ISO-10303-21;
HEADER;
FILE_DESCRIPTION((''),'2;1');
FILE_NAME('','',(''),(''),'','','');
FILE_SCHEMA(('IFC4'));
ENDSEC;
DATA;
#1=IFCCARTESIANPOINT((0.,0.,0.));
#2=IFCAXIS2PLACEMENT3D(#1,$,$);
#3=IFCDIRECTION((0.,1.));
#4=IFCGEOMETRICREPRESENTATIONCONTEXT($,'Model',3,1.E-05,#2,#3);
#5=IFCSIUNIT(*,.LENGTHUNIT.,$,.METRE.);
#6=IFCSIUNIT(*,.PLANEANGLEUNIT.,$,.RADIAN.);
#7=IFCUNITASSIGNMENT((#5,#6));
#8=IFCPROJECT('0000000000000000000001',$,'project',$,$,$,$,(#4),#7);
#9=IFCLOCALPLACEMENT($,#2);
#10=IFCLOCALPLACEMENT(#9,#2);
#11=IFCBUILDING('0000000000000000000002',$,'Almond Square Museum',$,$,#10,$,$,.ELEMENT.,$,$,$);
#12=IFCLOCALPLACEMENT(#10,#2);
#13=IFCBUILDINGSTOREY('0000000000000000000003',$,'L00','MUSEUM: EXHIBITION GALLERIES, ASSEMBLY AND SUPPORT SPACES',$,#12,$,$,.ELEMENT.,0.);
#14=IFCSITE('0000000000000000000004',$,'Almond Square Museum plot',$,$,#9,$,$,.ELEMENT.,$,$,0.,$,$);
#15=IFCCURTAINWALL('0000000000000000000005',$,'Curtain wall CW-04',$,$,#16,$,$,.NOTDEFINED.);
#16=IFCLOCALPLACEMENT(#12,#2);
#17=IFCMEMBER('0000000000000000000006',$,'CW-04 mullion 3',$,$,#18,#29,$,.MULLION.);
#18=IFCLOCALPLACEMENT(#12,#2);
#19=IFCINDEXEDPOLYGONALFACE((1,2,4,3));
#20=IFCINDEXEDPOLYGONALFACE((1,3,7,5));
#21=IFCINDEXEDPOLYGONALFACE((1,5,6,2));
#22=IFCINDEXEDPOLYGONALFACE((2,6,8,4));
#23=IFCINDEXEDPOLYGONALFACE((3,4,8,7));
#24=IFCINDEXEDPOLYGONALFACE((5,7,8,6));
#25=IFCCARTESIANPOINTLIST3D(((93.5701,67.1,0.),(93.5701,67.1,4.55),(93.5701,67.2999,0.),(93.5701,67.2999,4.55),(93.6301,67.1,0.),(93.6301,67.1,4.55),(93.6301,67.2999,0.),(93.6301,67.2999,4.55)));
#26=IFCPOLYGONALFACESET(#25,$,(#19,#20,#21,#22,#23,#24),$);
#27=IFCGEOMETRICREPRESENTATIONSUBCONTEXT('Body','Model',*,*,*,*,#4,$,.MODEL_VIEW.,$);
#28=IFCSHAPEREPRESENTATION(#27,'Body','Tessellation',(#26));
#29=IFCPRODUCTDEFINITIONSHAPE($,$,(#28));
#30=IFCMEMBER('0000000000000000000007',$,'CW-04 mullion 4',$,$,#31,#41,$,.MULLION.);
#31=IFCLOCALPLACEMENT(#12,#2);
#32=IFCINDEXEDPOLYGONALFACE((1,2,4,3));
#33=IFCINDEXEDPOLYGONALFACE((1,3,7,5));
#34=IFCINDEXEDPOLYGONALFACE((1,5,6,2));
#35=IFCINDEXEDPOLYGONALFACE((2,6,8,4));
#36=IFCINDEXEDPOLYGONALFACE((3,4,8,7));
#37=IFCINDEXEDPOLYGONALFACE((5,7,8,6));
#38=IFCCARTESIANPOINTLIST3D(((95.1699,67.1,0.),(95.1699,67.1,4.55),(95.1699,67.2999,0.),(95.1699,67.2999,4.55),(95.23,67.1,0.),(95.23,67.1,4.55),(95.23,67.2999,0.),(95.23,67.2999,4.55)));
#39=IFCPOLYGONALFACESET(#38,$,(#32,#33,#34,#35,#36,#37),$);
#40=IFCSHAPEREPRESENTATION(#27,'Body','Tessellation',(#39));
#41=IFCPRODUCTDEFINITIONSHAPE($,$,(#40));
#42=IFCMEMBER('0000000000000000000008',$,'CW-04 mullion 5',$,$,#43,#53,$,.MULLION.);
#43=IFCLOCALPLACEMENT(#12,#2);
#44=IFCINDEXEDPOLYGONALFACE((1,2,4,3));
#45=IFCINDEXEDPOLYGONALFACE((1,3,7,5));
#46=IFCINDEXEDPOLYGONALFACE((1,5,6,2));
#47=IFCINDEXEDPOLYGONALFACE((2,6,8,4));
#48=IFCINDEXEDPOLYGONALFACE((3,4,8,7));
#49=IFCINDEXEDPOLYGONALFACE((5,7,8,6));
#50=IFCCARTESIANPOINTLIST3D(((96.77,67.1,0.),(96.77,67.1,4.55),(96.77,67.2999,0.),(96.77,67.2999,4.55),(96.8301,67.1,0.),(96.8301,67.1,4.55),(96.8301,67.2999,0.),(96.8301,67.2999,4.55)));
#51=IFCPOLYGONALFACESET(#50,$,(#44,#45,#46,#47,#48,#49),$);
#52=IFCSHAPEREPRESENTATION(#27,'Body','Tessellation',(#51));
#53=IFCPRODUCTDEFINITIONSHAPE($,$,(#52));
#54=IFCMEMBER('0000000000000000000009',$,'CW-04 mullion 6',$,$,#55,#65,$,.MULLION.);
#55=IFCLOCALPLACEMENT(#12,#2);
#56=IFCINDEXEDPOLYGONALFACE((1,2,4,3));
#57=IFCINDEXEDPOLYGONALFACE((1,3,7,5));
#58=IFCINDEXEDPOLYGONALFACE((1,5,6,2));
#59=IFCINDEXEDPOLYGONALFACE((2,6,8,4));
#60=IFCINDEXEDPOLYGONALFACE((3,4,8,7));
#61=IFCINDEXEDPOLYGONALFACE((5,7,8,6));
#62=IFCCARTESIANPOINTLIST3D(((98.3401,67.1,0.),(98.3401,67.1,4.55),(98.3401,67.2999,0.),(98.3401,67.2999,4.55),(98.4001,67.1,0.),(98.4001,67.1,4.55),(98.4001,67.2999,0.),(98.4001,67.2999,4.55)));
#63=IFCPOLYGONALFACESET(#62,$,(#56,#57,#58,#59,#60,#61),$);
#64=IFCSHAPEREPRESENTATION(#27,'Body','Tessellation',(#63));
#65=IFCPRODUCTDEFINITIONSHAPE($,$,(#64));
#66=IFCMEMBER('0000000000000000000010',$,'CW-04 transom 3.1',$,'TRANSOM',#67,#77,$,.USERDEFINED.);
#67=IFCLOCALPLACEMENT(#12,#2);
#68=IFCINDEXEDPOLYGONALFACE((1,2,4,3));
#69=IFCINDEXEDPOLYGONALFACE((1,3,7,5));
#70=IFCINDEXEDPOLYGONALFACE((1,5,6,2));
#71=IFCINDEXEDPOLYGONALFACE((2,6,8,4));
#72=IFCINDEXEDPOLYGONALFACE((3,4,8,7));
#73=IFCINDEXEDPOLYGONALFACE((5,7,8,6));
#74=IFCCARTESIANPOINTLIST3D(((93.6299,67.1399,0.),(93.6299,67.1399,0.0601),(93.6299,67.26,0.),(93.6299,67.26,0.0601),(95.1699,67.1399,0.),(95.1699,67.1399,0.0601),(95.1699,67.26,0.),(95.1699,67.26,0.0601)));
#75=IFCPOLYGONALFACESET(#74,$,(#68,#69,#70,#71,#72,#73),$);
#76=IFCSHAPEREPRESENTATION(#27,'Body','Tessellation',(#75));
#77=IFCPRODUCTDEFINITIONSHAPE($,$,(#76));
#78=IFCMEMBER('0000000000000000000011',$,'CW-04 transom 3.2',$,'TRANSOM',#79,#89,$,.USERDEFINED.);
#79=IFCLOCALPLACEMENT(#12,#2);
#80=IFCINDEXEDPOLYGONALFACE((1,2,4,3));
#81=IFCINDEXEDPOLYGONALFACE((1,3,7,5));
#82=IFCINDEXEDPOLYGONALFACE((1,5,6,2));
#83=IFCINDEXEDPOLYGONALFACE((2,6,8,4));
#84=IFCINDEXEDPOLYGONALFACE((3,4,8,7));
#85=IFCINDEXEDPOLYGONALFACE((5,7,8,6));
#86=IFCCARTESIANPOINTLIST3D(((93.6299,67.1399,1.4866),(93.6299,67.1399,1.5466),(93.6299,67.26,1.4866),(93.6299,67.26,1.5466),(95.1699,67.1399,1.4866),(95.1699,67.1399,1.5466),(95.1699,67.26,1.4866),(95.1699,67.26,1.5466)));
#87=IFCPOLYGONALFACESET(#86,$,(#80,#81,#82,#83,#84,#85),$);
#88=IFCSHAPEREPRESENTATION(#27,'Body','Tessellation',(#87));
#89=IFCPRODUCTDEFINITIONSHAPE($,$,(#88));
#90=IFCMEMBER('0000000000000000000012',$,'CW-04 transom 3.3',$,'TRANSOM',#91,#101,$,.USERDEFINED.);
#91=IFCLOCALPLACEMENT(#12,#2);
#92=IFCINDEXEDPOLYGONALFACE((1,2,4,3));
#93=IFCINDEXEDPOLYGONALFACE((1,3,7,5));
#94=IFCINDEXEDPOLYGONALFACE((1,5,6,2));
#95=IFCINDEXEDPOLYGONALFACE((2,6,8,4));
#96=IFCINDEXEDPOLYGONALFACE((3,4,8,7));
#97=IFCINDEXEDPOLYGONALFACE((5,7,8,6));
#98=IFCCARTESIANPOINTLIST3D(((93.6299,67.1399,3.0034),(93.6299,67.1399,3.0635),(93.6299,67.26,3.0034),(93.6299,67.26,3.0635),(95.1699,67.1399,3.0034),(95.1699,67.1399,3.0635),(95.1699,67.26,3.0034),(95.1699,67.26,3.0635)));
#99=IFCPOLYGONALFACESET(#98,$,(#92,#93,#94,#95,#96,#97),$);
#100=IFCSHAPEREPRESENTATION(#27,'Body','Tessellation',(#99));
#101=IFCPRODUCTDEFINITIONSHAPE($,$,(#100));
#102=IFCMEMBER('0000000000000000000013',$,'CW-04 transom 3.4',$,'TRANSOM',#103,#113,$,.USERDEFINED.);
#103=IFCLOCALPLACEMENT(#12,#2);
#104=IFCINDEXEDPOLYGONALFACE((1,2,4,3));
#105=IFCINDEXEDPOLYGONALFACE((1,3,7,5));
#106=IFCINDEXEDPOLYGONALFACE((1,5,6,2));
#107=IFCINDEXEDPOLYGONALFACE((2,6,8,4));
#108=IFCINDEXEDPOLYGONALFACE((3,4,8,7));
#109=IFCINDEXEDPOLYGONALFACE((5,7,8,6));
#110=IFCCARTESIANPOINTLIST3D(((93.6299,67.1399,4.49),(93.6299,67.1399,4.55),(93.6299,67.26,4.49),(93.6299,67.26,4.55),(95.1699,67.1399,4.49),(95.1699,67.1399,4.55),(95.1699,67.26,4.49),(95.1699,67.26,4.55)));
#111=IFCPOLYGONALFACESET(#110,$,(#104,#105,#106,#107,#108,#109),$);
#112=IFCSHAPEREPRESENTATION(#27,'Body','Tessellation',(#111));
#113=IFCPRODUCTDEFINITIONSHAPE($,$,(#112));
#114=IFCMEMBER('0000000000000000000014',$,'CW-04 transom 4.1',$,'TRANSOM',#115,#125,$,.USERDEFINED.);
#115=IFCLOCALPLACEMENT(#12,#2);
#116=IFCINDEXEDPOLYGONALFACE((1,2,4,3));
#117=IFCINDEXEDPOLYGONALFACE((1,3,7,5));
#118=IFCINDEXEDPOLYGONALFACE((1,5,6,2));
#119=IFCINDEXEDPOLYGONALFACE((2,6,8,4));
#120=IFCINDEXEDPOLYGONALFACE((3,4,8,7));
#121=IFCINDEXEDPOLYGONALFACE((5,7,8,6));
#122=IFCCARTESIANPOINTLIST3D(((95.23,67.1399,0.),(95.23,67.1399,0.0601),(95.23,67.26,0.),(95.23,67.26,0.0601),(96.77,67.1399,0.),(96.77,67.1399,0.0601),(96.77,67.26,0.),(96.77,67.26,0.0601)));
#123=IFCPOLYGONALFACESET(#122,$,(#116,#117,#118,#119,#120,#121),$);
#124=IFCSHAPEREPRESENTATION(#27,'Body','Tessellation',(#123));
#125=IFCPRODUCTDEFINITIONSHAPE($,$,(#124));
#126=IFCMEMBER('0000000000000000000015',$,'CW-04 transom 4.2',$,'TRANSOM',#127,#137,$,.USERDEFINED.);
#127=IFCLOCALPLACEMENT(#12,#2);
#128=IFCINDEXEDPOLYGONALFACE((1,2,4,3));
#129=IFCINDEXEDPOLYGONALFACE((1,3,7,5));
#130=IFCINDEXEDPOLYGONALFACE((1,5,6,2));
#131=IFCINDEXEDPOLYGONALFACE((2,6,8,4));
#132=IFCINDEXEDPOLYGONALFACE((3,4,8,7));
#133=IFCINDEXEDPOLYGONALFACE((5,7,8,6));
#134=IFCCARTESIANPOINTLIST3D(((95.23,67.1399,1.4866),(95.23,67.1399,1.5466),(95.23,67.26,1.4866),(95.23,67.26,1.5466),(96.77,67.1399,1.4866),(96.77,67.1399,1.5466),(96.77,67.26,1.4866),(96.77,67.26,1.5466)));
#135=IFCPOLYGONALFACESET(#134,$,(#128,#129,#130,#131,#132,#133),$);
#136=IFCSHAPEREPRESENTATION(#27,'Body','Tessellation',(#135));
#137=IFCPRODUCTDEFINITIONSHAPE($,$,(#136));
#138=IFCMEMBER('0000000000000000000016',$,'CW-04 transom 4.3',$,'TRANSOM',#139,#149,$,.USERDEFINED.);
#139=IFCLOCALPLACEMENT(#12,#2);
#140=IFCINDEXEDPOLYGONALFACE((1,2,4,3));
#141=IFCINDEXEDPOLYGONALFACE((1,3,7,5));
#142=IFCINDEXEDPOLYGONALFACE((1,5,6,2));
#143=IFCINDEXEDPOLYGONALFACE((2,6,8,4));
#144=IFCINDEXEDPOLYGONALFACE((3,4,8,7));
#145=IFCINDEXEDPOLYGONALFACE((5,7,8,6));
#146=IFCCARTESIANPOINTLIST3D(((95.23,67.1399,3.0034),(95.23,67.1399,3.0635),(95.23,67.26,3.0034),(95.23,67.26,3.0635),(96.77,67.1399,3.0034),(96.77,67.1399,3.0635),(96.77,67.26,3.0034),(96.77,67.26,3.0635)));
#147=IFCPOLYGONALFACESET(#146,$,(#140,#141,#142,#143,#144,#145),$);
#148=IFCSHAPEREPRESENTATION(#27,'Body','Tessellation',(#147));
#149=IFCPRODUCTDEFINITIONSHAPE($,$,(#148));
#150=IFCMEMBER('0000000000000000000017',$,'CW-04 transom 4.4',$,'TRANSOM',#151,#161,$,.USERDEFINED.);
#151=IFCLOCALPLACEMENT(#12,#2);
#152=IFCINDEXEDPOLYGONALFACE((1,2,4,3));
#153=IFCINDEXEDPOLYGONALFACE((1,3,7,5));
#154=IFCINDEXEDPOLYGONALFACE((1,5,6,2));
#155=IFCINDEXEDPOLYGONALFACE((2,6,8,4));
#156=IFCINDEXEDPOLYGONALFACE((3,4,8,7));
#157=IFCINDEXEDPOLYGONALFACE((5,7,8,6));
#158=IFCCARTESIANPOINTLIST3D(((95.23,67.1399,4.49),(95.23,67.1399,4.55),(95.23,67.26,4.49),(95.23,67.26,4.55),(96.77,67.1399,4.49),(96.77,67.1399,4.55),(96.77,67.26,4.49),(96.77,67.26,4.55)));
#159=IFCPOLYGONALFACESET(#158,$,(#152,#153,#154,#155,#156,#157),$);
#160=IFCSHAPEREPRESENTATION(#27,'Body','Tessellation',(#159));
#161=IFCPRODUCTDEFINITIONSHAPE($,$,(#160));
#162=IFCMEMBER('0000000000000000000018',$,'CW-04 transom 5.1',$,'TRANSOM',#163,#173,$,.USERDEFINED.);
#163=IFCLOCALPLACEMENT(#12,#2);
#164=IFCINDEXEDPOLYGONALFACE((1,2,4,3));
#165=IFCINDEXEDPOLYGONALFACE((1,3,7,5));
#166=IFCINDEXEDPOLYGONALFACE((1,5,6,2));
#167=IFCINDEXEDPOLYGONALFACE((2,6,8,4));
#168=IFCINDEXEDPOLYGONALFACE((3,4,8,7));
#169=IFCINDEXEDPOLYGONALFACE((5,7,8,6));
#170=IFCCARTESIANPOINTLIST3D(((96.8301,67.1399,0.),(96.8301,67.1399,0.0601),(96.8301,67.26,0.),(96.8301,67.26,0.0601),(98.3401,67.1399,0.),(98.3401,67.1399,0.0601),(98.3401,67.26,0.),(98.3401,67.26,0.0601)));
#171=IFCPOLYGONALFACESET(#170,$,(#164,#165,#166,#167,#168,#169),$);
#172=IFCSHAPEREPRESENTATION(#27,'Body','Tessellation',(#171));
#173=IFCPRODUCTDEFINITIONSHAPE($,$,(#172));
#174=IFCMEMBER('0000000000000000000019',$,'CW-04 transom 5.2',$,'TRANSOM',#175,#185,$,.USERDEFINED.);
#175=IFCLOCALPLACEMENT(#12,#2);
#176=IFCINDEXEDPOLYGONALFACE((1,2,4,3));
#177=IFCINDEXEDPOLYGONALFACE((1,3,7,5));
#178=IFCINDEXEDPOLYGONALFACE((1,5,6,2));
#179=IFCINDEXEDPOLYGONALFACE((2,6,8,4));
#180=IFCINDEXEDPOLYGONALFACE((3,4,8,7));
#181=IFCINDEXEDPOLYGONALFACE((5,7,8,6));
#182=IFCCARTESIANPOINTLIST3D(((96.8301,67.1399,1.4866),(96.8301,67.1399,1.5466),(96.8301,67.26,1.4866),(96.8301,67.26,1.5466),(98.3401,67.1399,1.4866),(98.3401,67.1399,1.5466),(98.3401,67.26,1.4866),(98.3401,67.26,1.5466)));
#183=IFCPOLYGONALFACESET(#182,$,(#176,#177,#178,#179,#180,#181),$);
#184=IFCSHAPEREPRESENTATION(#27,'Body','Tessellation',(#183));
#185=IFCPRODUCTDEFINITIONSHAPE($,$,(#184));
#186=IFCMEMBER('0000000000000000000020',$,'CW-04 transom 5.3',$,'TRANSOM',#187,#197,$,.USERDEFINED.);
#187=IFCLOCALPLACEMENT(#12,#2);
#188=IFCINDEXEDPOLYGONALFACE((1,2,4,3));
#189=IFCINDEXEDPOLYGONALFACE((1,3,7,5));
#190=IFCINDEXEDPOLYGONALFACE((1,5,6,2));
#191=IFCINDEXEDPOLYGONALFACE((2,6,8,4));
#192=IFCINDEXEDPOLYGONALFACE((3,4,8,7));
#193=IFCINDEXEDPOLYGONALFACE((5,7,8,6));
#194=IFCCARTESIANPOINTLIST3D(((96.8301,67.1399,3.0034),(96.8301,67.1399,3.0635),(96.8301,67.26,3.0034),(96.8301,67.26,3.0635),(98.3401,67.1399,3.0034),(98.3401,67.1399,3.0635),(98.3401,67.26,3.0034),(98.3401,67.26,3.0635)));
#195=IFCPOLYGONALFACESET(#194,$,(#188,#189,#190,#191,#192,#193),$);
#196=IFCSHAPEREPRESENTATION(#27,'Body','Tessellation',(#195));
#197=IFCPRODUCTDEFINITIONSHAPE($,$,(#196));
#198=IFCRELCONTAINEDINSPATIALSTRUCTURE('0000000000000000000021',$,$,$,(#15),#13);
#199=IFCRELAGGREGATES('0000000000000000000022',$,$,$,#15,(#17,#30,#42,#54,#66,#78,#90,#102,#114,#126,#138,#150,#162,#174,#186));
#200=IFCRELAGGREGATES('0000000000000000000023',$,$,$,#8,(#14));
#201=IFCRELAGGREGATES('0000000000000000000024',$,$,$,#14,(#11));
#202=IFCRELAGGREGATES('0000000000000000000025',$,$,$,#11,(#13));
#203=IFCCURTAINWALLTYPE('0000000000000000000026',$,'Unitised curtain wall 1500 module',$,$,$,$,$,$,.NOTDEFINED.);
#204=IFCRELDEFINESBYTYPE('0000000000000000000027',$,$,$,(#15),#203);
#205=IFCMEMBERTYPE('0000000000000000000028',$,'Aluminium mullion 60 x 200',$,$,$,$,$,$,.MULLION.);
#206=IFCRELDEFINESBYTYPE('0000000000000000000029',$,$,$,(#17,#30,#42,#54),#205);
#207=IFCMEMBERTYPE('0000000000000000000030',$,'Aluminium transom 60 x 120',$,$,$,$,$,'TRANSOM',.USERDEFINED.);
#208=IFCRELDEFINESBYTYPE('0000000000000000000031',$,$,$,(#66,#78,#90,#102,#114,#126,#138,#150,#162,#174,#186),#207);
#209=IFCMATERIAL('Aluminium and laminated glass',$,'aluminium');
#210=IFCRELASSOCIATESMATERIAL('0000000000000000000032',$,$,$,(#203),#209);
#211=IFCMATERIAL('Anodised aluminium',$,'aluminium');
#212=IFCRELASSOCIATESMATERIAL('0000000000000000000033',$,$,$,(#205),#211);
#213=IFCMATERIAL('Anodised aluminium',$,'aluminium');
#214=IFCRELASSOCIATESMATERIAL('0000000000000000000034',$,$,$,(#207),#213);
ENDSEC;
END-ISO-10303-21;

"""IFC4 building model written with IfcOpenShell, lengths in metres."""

from ifc_helpers import new_model, si_unit, direction, frame, origin, origin_2d, place, context, subcontext, project, spatial, rectangle, extrude, material, material_profile, profile_set, type_object, element, aggregate, save


model = new_model("IFC4")

# Units and contexts
model_context = context("Model", 3, precision=1e-05, world=origin(), true_north=direction((0.0, 1.0)))
body_context = subcontext(model_context, "Body", "Model", "MODEL_VIEW")
ifc_project = project(units=[si_unit("LENGTHUNIT", "METRE"), si_unit("PLANEANGLEUNIT", "RADIAN")], contexts=[model_context])

# Site, building, storey
site_placement = place(None, origin())
site = spatial("IfcSite", under=ifc_project, at=site_placement, Name="Almond Square Museum plot", CompositionType="ELEMENT", RefElevation=0.0)
building_placement = place(site_placement, origin())
building = spatial("IfcBuilding", under=site, at=building_placement, Name="Almond Square Museum", CompositionType="ELEMENT")
storey_placement = place(building_placement, origin())
storey = spatial("IfcBuildingStorey", under=building, at=storey_placement, Name="L00", Description="MUSEUM: EXHIBITION GALLERIES, ASSEMBLY AND SUPPORT SPACES", CompositionType="ELEMENT", Elevation=0.0)

# Curtain wall, members
ifc_material_1 = material(Name="Aluminium and laminated glass", Category="aluminium")
curtain_wall_type = type_object("IfcCurtainWallType", Name="Unitised curtain wall 1500 module", PredefinedType="NOTDEFINED", material=ifc_material_1)
curtain_wall_placement = place(storey_placement, origin())
curtain_wall = element("IfcCurtainWall", 1, at=curtain_wall_placement, inside=storey, type_object=curtain_wall_type, Name="Curtain wall CW-04", PredefinedType="NOTDEFINED")
ifc_material_2 = material(Name="Anodised aluminium", Category="aluminium")
ifc_material_profile_1 = material_profile(ifc_material_2, rectangle(XDim=0.2, YDim=0.0601, at=origin_2d()))
ifc_profile_set_1 = profile_set([ifc_material_profile_1], Name="Anodised aluminium")
member_type_1 = type_object("IfcMemberType", Name="Aluminium mullion 60 x 200", PredefinedType="MULLION", material=ifc_profile_set_1)
member_1_placement = place(storey_placement, frame((93.6001, 67.2, 0.0), z_axis=(0.0, 0.0, 1.0), x_axis=(0.0, 1.0, 0.0)))
member_1 = element("IfcMember", 2, at=member_1_placement, type_object=member_type_1, Name="CW-04 mullion 3", PredefinedType="MULLION", context=body_context, shape_type="SweptSolid", body=[
    extrude(rectangle(XDim=0.2, YDim=0.0601, at=origin_2d()), origin(), (0.0, 0.0, 1.0), 4.55),
])
member_2_placement = place(storey_placement, frame((95.2, 67.2, 0.0), z_axis=(0.0, 0.0, 1.0), x_axis=(0.0, 1.0, 0.0)))
member_2 = element("IfcMember", 3, at=member_2_placement, type_object=member_type_1, Name="CW-04 mullion 4", PredefinedType="MULLION", context=body_context, shape_type="SweptSolid", body=[
    extrude(rectangle(XDim=0.2, YDim=0.0601, at=origin_2d()), origin(), (0.0, 0.0, 1.0), 4.55),
])
member_3_placement = place(storey_placement, frame((96.8, 67.2, 0.0), z_axis=(0.0, 0.0, 1.0), x_axis=(0.0, 1.0, 0.0)))
member_3 = element("IfcMember", 4, at=member_3_placement, type_object=member_type_1, Name="CW-04 mullion 5", PredefinedType="MULLION", context=body_context, shape_type="SweptSolid", body=[
    extrude(rectangle(XDim=0.2, YDim=0.0601, at=origin_2d()), origin(), (0.0, 0.0, 1.0), 4.55),
])
member_4_placement = place(storey_placement, frame((98.3701, 67.2, 0.0), z_axis=(0.0, 0.0, 1.0), x_axis=(0.0, 1.0, 0.0)))
member_4 = element("IfcMember", 5, at=member_4_placement, type_object=member_type_1, Name="CW-04 mullion 6", PredefinedType="MULLION", context=body_context, shape_type="SweptSolid", body=[
    extrude(rectangle(XDim=0.2, YDim=0.0601, at=origin_2d()), origin(), (0.0, 0.0, 1.0), 4.55),
])
ifc_material_3 = material(Name="Anodised aluminium", Category="aluminium")
ifc_material_profile_2 = material_profile(ifc_material_3, rectangle(XDim=0.1201, YDim=0.0601, at=origin_2d()))
ifc_profile_set_2 = profile_set([ifc_material_profile_2], Name="Anodised aluminium")
member_type_2 = type_object("IfcMemberType", Name="Aluminium transom 60 x 120", ElementType="TRANSOM", PredefinedType="USERDEFINED", material=ifc_profile_set_2)
member_5_placement = place(storey_placement, frame((93.6299, 67.2, 0.03), z_axis=(1.0, 0.0, 0.0), x_axis=(0.0, 1.0, 0.0)))
member_5 = element("IfcMember", 6, at=member_5_placement, type_object=member_type_2, Name="CW-04 transom 3.1", ObjectType="TRANSOM", PredefinedType="USERDEFINED", context=body_context, shape_type="SweptSolid", body=[
    extrude(rectangle(XDim=0.1201, YDim=0.0601, at=origin_2d()), origin(), (0.0, 0.0, 1.0), 1.54),
])
member_6_placement = place(storey_placement, frame((93.6299, 67.2, 1.5166), z_axis=(1.0, 0.0, 0.0), x_axis=(0.0, 1.0, 0.0)))
member_6 = element("IfcMember", 7, at=member_6_placement, type_object=member_type_2, Name="CW-04 transom 3.2", ObjectType="TRANSOM", PredefinedType="USERDEFINED", context=body_context, shape_type="SweptSolid", body=[
    extrude(rectangle(XDim=0.1201, YDim=0.0601, at=origin_2d()), origin(), (0.0, 0.0, 1.0), 1.54),
])
member_7_placement = place(storey_placement, frame((93.6299, 67.2, 3.0334), z_axis=(1.0, 0.0, 0.0), x_axis=(0.0, 1.0, 0.0)))
member_7 = element("IfcMember", 8, at=member_7_placement, type_object=member_type_2, Name="CW-04 transom 3.3", ObjectType="TRANSOM", PredefinedType="USERDEFINED", context=body_context, shape_type="SweptSolid", body=[
    extrude(rectangle(XDim=0.1201, YDim=0.0601, at=origin_2d()), origin(), (0.0, 0.0, 1.0), 1.54),
])
member_8_placement = place(storey_placement, frame((93.6299, 67.2, 4.52), z_axis=(1.0, 0.0, 0.0), x_axis=(0.0, 1.0, 0.0)))
member_8 = element("IfcMember", 9, at=member_8_placement, type_object=member_type_2, Name="CW-04 transom 3.4", ObjectType="TRANSOM", PredefinedType="USERDEFINED", context=body_context, shape_type="SweptSolid", body=[
    extrude(rectangle(XDim=0.1201, YDim=0.0601, at=origin_2d()), origin(), (0.0, 0.0, 1.0), 1.54),
])
member_9_placement = place(storey_placement, frame((95.23, 67.2, 0.03), z_axis=(1.0, 0.0, 0.0), x_axis=(0.0, 1.0, 0.0)))
member_9 = element("IfcMember", 10, at=member_9_placement, type_object=member_type_2, Name="CW-04 transom 4.1", ObjectType="TRANSOM", PredefinedType="USERDEFINED", context=body_context, shape_type="SweptSolid", body=[
    extrude(rectangle(XDim=0.1201, YDim=0.0601, at=origin_2d()), origin(), (0.0, 0.0, 1.0), 1.54),
])
member_10_placement = place(storey_placement, frame((95.23, 67.2, 1.5166), z_axis=(1.0, 0.0, 0.0), x_axis=(0.0, 1.0, 0.0)))
member_10 = element("IfcMember", 11, at=member_10_placement, type_object=member_type_2, Name="CW-04 transom 4.2", ObjectType="TRANSOM", PredefinedType="USERDEFINED", context=body_context, shape_type="SweptSolid", body=[
    extrude(rectangle(XDim=0.1201, YDim=0.0601, at=origin_2d()), origin(), (0.0, 0.0, 1.0), 1.54),
])
member_11_placement = place(storey_placement, frame((95.23, 67.2, 3.0334), z_axis=(1.0, 0.0, 0.0), x_axis=(0.0, 1.0, 0.0)))
member_11 = element("IfcMember", 12, at=member_11_placement, type_object=member_type_2, Name="CW-04 transom 4.3", ObjectType="TRANSOM", PredefinedType="USERDEFINED", context=body_context, shape_type="SweptSolid", body=[
    extrude(rectangle(XDim=0.1201, YDim=0.0601, at=origin_2d()), origin(), (0.0, 0.0, 1.0), 1.54),
])
member_12_placement = place(storey_placement, frame((95.23, 67.2, 4.52), z_axis=(1.0, 0.0, 0.0), x_axis=(0.0, 1.0, 0.0)))
member_12 = element("IfcMember", 13, at=member_12_placement, type_object=member_type_2, Name="CW-04 transom 4.4", ObjectType="TRANSOM", PredefinedType="USERDEFINED", context=body_context, shape_type="SweptSolid", body=[
    extrude(rectangle(XDim=0.1201, YDim=0.0601, at=origin_2d()), origin(), (0.0, 0.0, 1.0), 1.54),
])
member_13_placement = place(storey_placement, frame((96.8301, 67.2, 0.03), z_axis=(1.0, 0.0, 0.0), x_axis=(0.0, 1.0, 0.0)))
member_13 = element("IfcMember", 14, at=member_13_placement, type_object=member_type_2, Name="CW-04 transom 5.1", ObjectType="TRANSOM", PredefinedType="USERDEFINED", context=body_context, shape_type="SweptSolid", body=[
    extrude(rectangle(XDim=0.1201, YDim=0.0601, at=origin_2d()), origin(), (0.0, 0.0, 1.0), 1.51),
])
member_14_placement = place(storey_placement, frame((96.8301, 67.2, 1.5166), z_axis=(1.0, 0.0, 0.0), x_axis=(0.0, 1.0, 0.0)))
member_14 = element("IfcMember", 15, at=member_14_placement, type_object=member_type_2, Name="CW-04 transom 5.2", ObjectType="TRANSOM", PredefinedType="USERDEFINED", context=body_context, shape_type="SweptSolid", body=[
    extrude(rectangle(XDim=0.1201, YDim=0.0601, at=origin_2d()), origin(), (0.0, 0.0, 1.0), 1.51),
])
member_15_placement = place(storey_placement, frame((96.8301, 67.2, 3.0334), z_axis=(1.0, 0.0, 0.0), x_axis=(0.0, 1.0, 0.0)))
member_15 = element("IfcMember", 16, at=member_15_placement, type_object=member_type_2, Name="CW-04 transom 5.3", ObjectType="TRANSOM", PredefinedType="USERDEFINED", context=body_context, shape_type="SweptSolid", body=[
    extrude(rectangle(XDim=0.1201, YDim=0.0601, at=origin_2d()), origin(), (0.0, 0.0, 1.0), 1.51),
])

aggregate(curtain_wall, [member_1, member_2, member_3, member_4, member_5, member_6, member_7, member_8, member_9, member_10, member_11, member_12, member_13, member_14, member_15])

save(model, "model.ifc")
